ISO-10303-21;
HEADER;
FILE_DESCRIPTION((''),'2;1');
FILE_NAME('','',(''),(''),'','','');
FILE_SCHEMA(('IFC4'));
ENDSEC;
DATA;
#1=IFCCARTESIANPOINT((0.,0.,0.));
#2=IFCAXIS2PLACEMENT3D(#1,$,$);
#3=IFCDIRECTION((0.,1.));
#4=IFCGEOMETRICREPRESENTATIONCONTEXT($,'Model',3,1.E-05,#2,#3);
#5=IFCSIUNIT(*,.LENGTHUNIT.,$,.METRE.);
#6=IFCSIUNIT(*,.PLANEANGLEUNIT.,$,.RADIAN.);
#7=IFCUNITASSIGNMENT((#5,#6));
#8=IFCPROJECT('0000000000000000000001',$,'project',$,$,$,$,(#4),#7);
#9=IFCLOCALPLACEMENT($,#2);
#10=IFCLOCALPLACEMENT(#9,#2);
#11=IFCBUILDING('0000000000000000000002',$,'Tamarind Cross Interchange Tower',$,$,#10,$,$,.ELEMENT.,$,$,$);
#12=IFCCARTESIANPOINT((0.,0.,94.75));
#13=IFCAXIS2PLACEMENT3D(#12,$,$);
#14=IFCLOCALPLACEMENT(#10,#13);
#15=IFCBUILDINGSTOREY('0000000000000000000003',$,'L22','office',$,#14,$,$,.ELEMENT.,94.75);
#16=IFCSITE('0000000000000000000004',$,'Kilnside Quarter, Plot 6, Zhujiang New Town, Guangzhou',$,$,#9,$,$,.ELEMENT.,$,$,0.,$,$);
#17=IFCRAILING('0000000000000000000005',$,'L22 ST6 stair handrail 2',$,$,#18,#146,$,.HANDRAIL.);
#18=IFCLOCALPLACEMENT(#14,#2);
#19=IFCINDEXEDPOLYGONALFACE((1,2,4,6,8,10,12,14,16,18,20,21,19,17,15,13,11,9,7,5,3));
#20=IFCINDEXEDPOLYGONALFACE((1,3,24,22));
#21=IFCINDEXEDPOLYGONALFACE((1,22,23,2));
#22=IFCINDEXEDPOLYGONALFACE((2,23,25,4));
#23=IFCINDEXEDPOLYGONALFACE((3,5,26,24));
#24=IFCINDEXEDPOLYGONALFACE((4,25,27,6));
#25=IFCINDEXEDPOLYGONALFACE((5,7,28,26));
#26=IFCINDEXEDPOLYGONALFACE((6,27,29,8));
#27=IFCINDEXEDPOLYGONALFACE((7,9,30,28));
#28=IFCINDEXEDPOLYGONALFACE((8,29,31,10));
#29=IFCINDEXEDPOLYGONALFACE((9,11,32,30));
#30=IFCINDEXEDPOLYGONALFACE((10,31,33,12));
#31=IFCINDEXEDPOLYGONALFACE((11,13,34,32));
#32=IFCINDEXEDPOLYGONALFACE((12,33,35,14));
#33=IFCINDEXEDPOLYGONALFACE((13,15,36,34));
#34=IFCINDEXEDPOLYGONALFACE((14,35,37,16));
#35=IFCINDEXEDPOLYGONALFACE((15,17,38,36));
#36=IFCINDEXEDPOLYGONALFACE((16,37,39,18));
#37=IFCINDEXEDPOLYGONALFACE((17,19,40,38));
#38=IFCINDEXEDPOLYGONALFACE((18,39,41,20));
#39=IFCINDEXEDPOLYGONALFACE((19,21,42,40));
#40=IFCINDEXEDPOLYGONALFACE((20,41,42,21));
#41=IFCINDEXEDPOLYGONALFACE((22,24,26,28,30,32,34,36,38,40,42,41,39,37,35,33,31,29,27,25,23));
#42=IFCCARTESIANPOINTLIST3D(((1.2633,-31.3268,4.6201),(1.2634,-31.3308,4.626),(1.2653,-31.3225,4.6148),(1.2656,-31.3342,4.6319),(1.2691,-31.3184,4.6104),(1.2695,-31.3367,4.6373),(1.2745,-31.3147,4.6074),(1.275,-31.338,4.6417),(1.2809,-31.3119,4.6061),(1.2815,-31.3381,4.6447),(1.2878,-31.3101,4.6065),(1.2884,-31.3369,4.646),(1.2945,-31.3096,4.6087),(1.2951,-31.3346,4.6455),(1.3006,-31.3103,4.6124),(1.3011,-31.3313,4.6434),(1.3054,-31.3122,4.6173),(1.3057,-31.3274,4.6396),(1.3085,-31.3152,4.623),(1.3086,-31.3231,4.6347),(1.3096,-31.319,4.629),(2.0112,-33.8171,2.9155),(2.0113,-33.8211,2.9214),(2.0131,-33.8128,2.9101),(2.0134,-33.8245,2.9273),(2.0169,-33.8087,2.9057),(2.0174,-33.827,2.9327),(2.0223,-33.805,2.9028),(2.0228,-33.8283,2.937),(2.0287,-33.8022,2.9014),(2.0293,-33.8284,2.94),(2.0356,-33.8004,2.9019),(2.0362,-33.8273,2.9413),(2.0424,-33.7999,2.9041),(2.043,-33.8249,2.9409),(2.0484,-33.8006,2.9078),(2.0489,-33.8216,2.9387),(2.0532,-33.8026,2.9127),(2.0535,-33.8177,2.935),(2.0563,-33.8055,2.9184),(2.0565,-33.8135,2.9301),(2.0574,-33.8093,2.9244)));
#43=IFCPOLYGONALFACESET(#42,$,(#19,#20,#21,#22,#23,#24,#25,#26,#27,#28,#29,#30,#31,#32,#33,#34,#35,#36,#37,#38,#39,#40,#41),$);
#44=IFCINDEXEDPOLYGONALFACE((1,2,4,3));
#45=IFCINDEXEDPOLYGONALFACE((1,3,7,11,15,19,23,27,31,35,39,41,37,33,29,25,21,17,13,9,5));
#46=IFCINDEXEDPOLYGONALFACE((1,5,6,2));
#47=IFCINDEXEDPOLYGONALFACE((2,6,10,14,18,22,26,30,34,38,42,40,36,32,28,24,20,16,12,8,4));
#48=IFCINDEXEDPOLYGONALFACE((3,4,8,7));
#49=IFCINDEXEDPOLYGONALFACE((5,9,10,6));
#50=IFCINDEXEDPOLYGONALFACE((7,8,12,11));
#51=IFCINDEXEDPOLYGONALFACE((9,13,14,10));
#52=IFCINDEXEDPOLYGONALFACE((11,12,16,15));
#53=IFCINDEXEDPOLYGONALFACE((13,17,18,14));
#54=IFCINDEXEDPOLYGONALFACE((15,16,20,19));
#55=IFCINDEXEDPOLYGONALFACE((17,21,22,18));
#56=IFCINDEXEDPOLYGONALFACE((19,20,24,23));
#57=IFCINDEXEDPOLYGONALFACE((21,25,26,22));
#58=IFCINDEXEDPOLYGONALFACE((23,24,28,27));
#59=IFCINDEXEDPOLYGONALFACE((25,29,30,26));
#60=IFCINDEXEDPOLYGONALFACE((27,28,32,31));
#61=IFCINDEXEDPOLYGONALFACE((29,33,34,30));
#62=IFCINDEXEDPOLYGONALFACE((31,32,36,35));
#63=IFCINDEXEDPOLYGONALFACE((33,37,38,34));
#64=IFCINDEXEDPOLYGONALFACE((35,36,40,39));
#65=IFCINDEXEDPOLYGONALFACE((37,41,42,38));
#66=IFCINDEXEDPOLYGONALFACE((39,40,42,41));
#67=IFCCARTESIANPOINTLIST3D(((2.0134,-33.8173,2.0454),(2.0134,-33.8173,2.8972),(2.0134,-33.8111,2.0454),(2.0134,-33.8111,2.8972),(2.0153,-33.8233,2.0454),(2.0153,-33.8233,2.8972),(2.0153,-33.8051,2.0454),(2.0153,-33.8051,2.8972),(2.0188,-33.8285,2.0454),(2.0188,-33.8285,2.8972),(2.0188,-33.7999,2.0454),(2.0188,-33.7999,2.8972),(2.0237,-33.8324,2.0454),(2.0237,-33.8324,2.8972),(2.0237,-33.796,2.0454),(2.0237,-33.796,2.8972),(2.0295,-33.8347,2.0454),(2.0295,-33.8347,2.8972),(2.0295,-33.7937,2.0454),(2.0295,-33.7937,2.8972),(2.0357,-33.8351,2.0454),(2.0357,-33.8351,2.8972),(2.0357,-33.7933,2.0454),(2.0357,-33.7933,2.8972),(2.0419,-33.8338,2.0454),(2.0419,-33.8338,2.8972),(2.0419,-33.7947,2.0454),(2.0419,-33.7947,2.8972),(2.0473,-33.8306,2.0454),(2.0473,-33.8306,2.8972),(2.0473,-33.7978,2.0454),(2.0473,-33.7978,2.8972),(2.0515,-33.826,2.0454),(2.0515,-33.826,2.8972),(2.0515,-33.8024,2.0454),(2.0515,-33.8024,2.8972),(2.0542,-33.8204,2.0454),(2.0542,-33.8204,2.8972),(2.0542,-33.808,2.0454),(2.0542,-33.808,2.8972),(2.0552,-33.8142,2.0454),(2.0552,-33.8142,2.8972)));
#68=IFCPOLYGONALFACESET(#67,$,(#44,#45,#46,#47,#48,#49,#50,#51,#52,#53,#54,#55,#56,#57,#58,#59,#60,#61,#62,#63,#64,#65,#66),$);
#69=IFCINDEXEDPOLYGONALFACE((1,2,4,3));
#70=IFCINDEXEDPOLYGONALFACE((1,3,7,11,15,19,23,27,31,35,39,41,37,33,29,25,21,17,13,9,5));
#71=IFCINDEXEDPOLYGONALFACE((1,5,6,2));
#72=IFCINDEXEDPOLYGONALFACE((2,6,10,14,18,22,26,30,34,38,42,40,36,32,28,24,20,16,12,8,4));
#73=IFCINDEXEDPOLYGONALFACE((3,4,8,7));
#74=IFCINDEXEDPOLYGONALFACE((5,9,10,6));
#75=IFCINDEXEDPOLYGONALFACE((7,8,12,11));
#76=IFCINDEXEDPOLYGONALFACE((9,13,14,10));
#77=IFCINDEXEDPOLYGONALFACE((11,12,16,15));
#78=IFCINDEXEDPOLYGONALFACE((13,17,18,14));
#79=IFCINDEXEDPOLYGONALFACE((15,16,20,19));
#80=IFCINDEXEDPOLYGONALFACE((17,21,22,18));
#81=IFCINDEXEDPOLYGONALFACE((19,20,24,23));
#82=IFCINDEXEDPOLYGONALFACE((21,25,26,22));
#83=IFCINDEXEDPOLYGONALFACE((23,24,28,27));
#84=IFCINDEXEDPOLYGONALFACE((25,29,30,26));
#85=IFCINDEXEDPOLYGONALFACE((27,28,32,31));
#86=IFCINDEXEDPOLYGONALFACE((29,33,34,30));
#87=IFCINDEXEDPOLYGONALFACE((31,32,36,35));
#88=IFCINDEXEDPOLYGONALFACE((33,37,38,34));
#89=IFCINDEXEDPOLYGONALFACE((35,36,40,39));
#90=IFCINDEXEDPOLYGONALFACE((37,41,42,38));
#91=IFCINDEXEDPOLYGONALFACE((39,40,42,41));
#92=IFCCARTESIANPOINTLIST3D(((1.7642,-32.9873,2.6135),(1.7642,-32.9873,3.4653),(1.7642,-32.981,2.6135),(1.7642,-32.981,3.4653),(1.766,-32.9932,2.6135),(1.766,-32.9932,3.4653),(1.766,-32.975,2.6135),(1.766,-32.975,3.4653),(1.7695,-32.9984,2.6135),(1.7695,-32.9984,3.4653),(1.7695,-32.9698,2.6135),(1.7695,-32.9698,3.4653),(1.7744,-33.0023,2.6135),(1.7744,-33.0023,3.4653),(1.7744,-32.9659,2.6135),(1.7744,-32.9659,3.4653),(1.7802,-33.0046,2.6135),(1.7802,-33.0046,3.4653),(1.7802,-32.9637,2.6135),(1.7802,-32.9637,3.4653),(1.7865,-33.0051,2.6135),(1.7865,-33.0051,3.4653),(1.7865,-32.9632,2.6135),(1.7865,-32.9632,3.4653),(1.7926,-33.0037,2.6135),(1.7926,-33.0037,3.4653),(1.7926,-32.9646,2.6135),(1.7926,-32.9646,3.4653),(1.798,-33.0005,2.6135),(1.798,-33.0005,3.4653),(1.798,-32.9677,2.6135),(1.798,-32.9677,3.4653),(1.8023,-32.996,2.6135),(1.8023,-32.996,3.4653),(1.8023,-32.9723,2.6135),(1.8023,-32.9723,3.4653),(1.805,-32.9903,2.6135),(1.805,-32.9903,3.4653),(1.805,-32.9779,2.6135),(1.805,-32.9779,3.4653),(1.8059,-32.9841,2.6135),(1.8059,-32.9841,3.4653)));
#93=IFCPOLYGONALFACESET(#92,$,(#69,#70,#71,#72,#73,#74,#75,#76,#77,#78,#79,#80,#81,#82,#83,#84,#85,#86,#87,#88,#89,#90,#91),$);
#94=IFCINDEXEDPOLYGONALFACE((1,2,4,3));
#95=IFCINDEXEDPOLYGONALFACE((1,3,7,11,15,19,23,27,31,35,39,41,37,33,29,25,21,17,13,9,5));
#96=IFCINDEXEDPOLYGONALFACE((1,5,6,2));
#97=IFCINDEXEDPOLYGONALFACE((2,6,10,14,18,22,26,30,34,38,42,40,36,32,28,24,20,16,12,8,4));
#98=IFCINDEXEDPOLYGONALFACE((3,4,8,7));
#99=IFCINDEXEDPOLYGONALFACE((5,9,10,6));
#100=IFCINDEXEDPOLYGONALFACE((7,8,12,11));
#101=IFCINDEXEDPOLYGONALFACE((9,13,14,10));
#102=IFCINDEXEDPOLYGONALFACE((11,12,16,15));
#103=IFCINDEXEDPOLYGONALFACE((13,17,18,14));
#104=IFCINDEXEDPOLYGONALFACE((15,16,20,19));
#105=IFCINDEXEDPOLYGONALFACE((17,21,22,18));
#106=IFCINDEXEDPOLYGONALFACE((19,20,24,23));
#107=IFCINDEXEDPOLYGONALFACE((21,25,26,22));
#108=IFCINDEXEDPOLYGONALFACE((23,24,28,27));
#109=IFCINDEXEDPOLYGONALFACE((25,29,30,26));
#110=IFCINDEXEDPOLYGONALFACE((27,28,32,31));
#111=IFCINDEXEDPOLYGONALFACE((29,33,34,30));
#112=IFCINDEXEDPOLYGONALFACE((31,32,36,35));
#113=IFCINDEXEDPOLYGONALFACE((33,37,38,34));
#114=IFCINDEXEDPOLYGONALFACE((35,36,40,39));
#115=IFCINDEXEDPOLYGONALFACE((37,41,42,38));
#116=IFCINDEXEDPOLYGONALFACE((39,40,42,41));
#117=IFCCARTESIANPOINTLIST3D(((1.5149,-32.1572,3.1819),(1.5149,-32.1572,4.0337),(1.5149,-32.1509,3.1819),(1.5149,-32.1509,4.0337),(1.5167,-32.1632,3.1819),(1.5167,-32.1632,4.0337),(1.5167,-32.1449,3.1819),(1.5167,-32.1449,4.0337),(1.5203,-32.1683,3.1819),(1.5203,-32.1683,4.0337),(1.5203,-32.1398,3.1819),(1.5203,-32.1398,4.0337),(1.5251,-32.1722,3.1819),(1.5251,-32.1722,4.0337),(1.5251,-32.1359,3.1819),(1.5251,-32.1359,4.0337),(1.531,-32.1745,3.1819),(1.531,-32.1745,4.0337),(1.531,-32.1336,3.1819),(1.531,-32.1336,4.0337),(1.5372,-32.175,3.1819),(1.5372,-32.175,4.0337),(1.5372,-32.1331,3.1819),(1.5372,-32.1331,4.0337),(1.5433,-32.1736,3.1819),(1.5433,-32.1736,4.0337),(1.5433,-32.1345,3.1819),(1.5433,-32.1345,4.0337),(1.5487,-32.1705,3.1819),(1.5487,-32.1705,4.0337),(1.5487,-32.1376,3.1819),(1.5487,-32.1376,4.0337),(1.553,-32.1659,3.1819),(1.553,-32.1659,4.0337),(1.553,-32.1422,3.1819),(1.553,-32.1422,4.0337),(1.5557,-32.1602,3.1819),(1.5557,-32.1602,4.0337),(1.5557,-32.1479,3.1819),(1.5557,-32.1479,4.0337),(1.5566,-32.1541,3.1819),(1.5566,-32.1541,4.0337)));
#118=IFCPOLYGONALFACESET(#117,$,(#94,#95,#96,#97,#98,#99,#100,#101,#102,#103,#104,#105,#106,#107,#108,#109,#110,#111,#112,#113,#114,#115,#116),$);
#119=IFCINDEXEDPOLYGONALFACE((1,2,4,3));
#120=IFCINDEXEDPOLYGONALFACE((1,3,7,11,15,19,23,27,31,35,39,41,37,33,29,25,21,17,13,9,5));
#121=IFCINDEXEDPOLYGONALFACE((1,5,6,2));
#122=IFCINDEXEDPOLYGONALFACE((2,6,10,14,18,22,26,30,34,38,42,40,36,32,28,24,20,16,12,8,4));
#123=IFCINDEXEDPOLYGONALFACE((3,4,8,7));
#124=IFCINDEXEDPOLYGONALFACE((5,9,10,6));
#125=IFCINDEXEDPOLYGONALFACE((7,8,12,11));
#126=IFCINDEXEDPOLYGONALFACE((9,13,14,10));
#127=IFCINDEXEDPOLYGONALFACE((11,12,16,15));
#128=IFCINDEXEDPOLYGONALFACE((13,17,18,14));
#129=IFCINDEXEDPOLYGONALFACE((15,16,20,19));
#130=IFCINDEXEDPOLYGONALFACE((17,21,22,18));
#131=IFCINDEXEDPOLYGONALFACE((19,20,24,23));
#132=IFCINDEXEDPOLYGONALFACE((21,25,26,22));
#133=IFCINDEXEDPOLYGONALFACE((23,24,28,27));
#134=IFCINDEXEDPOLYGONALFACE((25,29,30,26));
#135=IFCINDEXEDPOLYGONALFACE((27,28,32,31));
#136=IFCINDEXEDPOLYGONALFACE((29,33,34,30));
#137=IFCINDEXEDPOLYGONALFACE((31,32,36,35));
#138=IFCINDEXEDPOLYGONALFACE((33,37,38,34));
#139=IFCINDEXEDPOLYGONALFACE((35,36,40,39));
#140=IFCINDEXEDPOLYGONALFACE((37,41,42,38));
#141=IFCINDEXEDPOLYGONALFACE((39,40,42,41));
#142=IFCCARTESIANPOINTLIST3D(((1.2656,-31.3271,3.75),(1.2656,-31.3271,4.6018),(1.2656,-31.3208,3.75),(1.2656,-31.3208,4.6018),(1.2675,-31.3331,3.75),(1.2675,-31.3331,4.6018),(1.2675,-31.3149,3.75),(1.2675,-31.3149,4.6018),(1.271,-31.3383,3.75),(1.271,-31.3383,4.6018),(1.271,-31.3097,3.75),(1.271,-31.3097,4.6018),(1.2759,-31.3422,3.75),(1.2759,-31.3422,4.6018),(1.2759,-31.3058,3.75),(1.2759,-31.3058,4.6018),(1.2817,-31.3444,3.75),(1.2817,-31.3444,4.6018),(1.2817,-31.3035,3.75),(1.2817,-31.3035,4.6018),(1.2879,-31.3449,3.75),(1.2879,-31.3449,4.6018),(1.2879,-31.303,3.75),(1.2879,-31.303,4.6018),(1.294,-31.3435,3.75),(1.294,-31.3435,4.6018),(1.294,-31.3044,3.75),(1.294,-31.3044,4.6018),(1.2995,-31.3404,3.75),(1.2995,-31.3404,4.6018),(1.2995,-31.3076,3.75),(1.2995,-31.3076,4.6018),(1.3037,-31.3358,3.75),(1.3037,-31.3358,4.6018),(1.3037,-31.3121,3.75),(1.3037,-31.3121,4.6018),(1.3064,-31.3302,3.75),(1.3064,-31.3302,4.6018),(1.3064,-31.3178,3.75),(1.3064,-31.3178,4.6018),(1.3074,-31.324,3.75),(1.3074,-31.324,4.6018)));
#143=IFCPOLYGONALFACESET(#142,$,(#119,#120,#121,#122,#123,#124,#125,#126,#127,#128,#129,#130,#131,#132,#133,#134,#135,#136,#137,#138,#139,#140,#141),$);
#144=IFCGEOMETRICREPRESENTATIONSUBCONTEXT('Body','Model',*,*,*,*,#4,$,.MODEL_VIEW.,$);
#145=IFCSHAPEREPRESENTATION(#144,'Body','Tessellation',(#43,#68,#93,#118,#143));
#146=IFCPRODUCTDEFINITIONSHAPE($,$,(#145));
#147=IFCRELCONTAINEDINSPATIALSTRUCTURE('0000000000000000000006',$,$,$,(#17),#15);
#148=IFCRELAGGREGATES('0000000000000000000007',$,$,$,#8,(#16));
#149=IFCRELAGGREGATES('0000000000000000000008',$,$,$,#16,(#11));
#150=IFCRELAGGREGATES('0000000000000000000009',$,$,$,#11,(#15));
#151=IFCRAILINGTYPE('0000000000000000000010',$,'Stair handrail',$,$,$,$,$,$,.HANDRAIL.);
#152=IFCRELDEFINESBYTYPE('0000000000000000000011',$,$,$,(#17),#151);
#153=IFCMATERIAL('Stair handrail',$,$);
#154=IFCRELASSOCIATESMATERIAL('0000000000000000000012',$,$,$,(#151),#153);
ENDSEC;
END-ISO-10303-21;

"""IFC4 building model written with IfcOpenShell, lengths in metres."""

from ifc_helpers import new_model, si_unit, direction, frame, origin, origin_2d, place, context, subcontext, project, spatial, circle, extrude, material, type_object, element, save


model = new_model("IFC4")

# Units and contexts
model_context = context("Model", 3, precision=1e-05, world=origin(), true_north=direction((0.0, 1.0)))
body_context = subcontext(model_context, "Body", "Model", "MODEL_VIEW")
ifc_project = project(units=[si_unit("LENGTHUNIT", "METRE"), si_unit("PLANEANGLEUNIT", "RADIAN")], contexts=[model_context])

# Site, building, storey
site_placement = place(None, origin())
site = spatial("IfcSite", under=ifc_project, at=site_placement, Name="Kilnside Quarter, Plot 6, Zhujiang New Town, Guangzhou", CompositionType="ELEMENT", RefElevation=0.0)
building_placement = place(site_placement, origin())
building = spatial("IfcBuilding", under=site, at=building_placement, Name="Tamarind Cross Interchange Tower", CompositionType="ELEMENT")
storey_placement = place(building_placement, frame((0.0, 0.0, 94.75)))
storey = spatial("IfcBuildingStorey", under=building, at=storey_placement, Name="L22", Description="office", CompositionType="ELEMENT", Elevation=94.75)

# Railing
ifc_material_1 = material(Name="Stair handrail")
railing_type_1 = type_object("IfcRailingType", Name="Stair handrail", PredefinedType="HANDRAIL", material=ifc_material_1)
railing_1_placement = place(storey_placement, frame((2.0342, -33.8142, 2.0454)))
element("IfcRailing", 1, at=railing_1_placement, inside=storey, type_object=railing_type_1, Name="L22 ST6 stair handrail 2", PredefinedType="HANDRAIL", context=body_context, shape_type="SweptSolid", body=[
    extrude(circle(Radius=0.0239, at=origin_2d()), frame((0.0, 0.0, 0.876), z_axis=(-0.240526, 0.800967, 0.54827), x_axis=(-0.957749, -0.287606, 0.0)), (0.0, 0.0, 1.0), 3.1091),
    extrude(circle(Radius=0.021, at=origin_2d()), origin(), (0.0, 0.0, 1.0), 0.8518),
    extrude(circle(Radius=0.021, at=origin_2d()), frame((-0.2493, 0.8301, 0.5681)), (0.0, 0.0, 1.0), 0.8518),
    extrude(circle(Radius=0.021, at=origin_2d()), frame((-0.4985, 1.6602, 1.1365)), (0.0, 0.0, 1.0), 0.8518),
    extrude(circle(Radius=0.021, at=origin_2d()), frame((-0.7478, 2.4902, 1.7046)), (0.0, 0.0, 1.0), 0.8518),
])

save(model, "model.ifc")
